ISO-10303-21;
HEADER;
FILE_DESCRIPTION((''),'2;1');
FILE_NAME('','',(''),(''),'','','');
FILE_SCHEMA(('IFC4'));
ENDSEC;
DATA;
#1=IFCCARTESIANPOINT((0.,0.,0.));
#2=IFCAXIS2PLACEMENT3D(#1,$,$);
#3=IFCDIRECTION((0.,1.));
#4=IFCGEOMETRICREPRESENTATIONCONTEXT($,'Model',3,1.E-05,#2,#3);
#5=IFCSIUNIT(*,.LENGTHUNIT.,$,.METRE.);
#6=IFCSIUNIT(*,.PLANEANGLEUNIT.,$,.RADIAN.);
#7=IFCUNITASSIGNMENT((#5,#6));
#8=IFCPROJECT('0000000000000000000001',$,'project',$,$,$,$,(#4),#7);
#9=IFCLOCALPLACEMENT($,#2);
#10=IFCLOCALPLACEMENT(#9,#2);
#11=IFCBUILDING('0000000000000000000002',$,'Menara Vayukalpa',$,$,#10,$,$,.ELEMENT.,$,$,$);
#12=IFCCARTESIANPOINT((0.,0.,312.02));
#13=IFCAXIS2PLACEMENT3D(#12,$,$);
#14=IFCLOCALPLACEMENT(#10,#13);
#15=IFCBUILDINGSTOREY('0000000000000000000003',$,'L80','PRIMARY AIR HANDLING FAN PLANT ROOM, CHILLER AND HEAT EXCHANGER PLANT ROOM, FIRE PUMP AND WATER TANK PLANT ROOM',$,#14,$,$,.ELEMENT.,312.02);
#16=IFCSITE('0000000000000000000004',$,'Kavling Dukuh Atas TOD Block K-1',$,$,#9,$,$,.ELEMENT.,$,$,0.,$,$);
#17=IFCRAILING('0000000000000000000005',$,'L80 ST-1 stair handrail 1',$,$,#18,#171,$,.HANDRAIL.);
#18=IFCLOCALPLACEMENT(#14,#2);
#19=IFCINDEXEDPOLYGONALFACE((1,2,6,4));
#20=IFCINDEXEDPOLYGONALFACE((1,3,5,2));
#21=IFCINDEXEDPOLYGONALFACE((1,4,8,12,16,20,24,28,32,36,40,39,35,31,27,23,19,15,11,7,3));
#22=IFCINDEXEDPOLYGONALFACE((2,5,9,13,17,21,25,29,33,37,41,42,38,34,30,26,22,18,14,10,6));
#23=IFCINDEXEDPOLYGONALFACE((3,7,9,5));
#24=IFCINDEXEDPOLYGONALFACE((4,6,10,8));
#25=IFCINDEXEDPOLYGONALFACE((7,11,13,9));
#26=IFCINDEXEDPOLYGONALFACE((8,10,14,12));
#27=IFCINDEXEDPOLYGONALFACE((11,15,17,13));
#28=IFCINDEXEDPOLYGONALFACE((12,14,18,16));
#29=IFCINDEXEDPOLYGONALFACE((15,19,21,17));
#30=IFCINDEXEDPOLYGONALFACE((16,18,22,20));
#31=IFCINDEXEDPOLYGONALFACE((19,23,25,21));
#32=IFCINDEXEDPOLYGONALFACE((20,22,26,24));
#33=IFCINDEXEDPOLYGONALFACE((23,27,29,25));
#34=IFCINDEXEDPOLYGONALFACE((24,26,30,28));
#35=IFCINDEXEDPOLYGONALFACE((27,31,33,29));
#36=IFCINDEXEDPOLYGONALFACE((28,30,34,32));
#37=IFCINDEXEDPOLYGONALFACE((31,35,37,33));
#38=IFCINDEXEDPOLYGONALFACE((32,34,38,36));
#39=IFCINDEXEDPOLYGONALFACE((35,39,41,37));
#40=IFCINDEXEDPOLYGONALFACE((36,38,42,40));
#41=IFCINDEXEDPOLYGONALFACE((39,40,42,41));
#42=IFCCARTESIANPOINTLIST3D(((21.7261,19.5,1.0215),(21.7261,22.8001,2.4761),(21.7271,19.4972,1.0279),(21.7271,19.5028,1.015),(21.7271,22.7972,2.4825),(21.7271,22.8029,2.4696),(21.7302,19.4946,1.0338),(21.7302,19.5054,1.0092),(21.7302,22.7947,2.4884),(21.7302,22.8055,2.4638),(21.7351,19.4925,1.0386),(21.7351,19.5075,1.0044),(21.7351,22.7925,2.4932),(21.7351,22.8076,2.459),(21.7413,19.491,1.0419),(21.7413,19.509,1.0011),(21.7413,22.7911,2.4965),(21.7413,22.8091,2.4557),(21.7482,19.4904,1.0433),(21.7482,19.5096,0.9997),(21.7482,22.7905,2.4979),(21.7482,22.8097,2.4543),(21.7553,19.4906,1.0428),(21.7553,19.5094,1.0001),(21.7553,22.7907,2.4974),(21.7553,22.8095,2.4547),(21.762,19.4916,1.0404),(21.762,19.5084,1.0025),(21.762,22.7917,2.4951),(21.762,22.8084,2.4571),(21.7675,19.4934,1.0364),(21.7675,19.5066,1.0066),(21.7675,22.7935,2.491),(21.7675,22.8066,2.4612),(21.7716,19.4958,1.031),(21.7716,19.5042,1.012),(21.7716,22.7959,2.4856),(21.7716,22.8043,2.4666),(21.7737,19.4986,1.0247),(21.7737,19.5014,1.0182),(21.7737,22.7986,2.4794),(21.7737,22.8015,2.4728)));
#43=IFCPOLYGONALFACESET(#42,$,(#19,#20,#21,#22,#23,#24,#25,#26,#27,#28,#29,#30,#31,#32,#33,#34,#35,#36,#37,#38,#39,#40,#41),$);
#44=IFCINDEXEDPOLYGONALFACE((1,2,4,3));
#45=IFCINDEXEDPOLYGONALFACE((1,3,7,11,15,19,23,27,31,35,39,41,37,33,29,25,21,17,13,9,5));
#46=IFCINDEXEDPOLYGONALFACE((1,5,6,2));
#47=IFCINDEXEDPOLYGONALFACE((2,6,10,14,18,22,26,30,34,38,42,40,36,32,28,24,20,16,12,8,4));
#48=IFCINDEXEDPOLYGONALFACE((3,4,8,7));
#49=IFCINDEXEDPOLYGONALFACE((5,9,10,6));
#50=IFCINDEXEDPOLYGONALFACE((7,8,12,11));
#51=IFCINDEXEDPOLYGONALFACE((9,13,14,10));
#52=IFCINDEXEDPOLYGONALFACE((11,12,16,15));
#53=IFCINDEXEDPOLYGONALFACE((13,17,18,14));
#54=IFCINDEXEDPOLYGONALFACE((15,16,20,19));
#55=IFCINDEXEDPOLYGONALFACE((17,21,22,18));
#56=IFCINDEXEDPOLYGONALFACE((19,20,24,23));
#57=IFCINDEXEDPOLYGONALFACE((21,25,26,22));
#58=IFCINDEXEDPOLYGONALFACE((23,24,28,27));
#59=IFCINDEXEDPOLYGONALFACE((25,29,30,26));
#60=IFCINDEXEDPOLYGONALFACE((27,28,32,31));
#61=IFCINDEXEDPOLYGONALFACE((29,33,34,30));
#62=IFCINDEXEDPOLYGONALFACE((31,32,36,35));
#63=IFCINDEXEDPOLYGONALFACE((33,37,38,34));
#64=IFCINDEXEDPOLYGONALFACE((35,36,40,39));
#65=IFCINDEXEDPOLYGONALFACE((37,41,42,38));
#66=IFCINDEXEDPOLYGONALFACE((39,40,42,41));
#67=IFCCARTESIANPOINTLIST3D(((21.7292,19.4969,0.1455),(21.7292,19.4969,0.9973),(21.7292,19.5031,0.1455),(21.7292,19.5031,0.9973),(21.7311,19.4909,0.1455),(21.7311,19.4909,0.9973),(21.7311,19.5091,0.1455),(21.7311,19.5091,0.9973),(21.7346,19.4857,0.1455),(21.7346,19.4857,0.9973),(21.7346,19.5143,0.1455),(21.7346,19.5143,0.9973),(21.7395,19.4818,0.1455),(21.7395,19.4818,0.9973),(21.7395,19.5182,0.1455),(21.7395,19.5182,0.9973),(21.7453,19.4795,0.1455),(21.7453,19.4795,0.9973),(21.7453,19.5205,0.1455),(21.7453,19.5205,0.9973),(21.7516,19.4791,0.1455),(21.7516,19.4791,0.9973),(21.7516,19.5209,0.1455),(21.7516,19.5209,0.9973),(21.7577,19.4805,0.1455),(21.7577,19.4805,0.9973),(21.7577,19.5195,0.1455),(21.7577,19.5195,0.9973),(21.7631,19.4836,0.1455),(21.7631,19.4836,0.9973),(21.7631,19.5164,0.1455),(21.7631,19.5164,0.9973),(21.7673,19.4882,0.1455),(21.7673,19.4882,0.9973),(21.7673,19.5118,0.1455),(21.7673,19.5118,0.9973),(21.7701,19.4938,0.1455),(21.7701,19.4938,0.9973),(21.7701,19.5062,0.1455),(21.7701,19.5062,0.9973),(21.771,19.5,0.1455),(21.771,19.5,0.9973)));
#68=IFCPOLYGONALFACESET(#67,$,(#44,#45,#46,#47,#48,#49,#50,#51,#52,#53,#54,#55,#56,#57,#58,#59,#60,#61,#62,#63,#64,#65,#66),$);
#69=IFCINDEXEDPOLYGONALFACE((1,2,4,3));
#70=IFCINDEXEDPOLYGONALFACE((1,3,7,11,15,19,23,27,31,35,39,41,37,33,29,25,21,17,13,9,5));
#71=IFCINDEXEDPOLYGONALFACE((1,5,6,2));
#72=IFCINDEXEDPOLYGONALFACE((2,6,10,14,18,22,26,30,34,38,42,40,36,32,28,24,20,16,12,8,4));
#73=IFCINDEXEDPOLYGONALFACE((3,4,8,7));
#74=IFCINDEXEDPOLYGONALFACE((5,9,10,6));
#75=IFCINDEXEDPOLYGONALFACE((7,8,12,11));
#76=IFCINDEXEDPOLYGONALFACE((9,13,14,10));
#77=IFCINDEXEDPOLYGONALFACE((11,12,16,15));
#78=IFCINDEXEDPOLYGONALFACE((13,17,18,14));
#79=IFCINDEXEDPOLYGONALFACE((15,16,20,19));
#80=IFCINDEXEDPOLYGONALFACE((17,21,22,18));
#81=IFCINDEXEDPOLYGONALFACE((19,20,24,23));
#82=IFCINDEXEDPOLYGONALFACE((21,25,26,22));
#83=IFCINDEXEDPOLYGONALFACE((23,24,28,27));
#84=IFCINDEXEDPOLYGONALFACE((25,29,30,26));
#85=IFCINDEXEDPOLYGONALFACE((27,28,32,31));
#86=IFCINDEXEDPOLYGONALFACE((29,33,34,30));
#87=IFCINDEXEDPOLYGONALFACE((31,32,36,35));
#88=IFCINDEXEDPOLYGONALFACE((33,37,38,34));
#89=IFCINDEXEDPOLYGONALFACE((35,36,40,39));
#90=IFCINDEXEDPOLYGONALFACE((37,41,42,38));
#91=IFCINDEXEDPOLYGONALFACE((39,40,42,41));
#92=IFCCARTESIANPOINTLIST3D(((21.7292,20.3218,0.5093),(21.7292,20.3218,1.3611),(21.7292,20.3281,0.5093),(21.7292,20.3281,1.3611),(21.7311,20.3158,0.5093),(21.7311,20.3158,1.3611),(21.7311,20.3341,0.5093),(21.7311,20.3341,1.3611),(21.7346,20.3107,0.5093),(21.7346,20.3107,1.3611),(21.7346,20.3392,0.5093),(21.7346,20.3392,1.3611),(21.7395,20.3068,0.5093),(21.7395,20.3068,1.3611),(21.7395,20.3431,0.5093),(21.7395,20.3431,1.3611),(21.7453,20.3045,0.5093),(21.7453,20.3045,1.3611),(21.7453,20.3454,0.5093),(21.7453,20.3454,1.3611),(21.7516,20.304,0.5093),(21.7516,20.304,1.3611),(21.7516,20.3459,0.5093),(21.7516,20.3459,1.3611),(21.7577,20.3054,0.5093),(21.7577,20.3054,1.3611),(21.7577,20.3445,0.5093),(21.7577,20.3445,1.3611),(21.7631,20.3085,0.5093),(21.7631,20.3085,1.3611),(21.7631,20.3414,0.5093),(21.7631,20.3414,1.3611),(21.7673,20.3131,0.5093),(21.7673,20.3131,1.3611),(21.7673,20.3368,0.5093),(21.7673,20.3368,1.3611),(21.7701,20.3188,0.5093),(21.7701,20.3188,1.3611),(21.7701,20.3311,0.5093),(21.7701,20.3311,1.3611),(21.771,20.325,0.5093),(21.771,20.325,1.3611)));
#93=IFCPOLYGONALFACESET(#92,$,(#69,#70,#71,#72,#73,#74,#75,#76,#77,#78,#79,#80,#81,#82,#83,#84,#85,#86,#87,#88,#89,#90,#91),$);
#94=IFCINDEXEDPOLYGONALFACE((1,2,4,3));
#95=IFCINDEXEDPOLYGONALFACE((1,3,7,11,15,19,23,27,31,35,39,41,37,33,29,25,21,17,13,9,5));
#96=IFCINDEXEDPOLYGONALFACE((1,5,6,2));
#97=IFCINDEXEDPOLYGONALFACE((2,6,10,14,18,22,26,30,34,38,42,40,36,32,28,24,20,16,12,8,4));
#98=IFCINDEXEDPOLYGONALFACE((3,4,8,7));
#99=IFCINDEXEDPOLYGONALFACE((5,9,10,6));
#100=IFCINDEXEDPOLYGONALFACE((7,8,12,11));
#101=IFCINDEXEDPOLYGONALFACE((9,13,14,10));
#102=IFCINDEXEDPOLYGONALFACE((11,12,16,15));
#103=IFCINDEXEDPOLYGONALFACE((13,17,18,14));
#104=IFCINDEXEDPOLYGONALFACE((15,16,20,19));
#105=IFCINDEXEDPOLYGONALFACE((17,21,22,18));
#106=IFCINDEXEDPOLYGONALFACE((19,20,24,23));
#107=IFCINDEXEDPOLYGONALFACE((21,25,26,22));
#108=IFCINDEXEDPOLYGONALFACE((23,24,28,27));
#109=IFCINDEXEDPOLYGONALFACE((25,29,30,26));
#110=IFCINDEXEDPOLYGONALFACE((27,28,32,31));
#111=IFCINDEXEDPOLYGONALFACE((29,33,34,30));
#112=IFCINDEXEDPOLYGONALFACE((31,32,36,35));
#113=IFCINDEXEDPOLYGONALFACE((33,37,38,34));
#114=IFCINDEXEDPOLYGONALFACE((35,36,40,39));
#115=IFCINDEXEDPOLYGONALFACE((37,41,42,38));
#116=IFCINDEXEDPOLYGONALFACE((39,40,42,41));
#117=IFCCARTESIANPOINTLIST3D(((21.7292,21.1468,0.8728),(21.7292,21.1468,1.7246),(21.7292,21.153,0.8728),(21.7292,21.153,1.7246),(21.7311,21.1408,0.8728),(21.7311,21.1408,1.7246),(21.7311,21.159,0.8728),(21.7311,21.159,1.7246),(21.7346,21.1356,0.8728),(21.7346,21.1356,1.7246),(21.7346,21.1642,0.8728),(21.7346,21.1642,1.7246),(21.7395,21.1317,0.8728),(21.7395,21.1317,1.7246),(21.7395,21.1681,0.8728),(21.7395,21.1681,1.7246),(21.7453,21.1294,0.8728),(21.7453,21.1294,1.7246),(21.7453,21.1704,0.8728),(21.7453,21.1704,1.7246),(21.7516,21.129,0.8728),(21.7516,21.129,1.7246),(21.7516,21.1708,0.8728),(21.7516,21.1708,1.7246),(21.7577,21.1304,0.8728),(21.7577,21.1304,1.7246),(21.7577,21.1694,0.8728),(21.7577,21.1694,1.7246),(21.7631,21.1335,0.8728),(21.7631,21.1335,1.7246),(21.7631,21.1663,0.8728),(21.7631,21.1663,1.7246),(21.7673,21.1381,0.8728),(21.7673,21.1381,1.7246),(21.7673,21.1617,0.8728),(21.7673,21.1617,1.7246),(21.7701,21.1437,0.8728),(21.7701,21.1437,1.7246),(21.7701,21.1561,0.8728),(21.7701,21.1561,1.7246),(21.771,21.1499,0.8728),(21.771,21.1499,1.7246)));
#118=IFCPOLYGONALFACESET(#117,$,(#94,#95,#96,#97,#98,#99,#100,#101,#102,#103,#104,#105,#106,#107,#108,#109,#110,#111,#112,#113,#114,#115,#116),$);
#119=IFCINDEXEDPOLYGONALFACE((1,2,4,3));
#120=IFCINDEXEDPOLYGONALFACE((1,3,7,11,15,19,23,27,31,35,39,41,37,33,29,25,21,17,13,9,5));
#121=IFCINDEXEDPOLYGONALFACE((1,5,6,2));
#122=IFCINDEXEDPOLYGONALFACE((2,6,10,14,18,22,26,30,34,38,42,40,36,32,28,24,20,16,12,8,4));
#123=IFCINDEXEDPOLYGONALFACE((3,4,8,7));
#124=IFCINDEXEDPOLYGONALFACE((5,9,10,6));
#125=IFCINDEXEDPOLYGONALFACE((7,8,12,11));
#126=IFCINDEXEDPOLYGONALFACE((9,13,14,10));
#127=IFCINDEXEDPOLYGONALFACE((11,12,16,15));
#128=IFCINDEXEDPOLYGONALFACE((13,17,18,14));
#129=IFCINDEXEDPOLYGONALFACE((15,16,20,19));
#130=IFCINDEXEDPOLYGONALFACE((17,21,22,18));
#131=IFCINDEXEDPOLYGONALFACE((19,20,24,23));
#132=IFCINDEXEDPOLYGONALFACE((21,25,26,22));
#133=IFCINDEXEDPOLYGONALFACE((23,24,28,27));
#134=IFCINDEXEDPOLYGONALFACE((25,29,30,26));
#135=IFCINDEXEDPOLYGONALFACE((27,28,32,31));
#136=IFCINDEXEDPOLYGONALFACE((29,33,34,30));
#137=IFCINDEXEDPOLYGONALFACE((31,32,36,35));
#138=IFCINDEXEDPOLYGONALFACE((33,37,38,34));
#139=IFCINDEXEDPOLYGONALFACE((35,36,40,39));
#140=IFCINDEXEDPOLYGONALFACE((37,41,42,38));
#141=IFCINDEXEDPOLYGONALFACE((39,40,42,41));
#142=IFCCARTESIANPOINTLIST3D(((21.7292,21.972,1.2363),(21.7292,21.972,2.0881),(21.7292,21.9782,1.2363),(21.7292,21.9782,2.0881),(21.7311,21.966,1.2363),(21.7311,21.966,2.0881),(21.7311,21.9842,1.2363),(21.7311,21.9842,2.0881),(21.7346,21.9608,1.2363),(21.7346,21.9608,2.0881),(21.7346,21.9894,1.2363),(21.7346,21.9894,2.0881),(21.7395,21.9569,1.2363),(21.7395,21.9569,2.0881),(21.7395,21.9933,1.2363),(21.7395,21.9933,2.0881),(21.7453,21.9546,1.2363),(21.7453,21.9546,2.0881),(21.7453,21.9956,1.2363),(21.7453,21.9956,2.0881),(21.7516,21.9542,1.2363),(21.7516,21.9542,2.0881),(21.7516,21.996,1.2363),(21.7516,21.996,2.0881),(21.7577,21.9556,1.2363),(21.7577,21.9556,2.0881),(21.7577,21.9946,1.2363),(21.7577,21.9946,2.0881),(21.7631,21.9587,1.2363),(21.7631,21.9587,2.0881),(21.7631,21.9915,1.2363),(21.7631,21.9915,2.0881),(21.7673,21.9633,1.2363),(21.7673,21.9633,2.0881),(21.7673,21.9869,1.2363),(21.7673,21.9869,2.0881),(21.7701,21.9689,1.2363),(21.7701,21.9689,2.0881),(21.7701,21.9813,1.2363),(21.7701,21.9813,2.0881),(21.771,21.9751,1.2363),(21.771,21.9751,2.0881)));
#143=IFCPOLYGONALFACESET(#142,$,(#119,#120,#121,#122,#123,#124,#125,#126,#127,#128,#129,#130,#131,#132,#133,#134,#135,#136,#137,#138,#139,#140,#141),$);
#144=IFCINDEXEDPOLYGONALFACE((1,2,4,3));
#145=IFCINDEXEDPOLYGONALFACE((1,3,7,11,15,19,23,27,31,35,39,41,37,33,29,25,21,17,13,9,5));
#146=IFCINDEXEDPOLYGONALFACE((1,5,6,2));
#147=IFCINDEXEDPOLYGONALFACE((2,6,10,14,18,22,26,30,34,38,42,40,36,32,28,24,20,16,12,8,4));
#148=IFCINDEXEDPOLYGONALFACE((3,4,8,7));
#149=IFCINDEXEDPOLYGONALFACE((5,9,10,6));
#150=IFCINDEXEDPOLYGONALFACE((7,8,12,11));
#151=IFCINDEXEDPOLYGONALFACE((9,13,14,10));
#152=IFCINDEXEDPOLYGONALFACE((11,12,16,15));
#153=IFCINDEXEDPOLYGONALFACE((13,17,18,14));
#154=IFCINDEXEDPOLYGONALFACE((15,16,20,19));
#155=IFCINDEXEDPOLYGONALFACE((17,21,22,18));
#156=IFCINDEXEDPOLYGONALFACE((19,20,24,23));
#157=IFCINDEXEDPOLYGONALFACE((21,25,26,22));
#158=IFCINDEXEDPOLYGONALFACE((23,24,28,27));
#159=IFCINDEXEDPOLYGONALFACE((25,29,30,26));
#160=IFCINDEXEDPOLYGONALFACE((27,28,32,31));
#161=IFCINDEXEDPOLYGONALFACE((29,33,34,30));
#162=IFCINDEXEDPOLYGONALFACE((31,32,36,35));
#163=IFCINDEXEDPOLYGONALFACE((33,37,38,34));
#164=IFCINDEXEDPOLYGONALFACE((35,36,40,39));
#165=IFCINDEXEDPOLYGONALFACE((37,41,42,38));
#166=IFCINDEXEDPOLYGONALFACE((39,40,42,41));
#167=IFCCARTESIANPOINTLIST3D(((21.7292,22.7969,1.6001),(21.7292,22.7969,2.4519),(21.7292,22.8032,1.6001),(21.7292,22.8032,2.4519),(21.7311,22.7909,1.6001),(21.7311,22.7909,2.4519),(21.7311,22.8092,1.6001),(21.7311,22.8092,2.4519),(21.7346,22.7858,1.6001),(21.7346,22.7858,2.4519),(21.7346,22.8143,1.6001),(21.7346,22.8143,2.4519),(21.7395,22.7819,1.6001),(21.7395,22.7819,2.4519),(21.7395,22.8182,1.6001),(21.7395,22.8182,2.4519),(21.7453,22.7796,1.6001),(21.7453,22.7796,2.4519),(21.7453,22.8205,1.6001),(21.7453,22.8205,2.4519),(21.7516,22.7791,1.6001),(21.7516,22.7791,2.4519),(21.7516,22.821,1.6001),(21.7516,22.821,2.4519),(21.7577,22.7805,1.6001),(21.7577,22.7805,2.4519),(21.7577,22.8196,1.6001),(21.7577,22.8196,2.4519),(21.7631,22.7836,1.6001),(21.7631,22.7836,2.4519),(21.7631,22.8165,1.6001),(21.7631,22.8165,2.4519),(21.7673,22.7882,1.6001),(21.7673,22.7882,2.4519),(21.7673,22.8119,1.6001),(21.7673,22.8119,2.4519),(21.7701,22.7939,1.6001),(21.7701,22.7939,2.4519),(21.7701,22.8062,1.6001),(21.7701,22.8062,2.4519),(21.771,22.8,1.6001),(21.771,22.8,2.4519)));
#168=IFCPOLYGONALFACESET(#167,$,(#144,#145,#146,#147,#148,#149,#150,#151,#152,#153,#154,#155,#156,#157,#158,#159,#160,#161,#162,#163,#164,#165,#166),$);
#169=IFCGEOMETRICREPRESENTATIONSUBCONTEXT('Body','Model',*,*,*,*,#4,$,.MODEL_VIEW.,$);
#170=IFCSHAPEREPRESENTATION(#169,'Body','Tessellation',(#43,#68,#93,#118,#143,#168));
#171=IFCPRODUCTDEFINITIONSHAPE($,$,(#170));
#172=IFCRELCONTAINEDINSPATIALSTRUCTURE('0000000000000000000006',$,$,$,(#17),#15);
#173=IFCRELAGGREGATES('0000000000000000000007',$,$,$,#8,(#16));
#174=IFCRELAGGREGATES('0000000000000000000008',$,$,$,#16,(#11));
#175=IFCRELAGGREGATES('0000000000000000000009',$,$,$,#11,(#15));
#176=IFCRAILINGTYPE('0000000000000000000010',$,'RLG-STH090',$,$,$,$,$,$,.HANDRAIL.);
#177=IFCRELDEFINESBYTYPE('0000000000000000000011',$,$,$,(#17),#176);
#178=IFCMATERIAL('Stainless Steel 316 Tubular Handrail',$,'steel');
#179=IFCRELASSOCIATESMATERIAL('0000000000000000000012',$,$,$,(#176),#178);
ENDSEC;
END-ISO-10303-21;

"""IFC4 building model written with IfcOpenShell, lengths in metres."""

from ifc_helpers import new_model, si_unit, direction, frame, origin, origin_2d, place, context, subcontext, project, spatial, circle, extrude, material, type_object, element, save


model = new_model("IFC4")

# Units and contexts
model_context = context("Model", 3, precision=1e-05, world=origin(), true_north=direction((0.0, 1.0)))
body_context = subcontext(model_context, "Body", "Model", "MODEL_VIEW")
ifc_project = project(units=[si_unit("LENGTHUNIT", "METRE"), si_unit("PLANEANGLEUNIT", "RADIAN")], contexts=[model_context])

# Site, building, storey
site_placement = place(None, origin())
site = spatial("IfcSite", under=ifc_project, at=site_placement, Name="Kavling Dukuh Atas TOD Block K-1", CompositionType="ELEMENT", RefElevation=0.0)
building_placement = place(site_placement, origin())
building = spatial("IfcBuilding", under=site, at=building_placement, Name="Menara Vayukalpa", CompositionType="ELEMENT")
storey_placement = place(building_placement, frame((0.0, 0.0, 312.02)))
storey = spatial("IfcBuildingStorey", under=building, at=storey_placement, Name="L80", Description="PRIMARY AIR HANDLING FAN PLANT ROOM, CHILLER AND HEAT EXCHANGER PLANT ROOM, FIRE PUMP AND WATER TANK PLANT ROOM", CompositionType="ELEMENT", Elevation=312.02)

# Railing
ifc_material_1 = material(Name="Stainless Steel 316 Tubular Handrail", Category="steel")
railing_type_1 = type_object("IfcRailingType", Name="RLG-STH090", PredefinedType="HANDRAIL", material=ifc_material_1)
railing_1_placement = place(storey_placement, frame((21.75, 19.5, 0.1455)))
element("IfcRailing", 1, at=railing_1_placement, inside=storey, type_object=railing_type_1, Name="L80 ST-1 stair handrail 1", PredefinedType="HANDRAIL", context=body_context, shape_type="SweptSolid", body=[
    extrude(circle(Radius=0.0239, at=origin_2d()), frame((0.0, 0.0, 0.876), z_axis=(0.0, 0.915052, 0.403335), x_axis=(-1.0, 0.0, 0.0)), (0.0, 0.0, 1.0), 3.6064),
    extrude(circle(Radius=0.021, at=origin_2d()), origin(), (0.0, 0.0, 1.0), 0.8518),
    extrude(circle(Radius=0.021, at=origin_2d()), frame((0.0, 0.825, 0.3638)), (0.0, 0.0, 1.0), 0.8518),
    extrude(circle(Radius=0.021, at=origin_2d()), frame((0.0, 1.6499, 0.7273)), (0.0, 0.0, 1.0), 0.8518),
    extrude(circle(Radius=0.021, at=origin_2d()), frame((0.0, 2.4751, 1.0908)), (0.0, 0.0, 1.0), 0.8518),
    extrude(circle(Radius=0.021, at=origin_2d()), frame((0.0, 3.3, 1.4546)), (0.0, 0.0, 1.0), 0.8518),
])

save(model, "model.ifc")
